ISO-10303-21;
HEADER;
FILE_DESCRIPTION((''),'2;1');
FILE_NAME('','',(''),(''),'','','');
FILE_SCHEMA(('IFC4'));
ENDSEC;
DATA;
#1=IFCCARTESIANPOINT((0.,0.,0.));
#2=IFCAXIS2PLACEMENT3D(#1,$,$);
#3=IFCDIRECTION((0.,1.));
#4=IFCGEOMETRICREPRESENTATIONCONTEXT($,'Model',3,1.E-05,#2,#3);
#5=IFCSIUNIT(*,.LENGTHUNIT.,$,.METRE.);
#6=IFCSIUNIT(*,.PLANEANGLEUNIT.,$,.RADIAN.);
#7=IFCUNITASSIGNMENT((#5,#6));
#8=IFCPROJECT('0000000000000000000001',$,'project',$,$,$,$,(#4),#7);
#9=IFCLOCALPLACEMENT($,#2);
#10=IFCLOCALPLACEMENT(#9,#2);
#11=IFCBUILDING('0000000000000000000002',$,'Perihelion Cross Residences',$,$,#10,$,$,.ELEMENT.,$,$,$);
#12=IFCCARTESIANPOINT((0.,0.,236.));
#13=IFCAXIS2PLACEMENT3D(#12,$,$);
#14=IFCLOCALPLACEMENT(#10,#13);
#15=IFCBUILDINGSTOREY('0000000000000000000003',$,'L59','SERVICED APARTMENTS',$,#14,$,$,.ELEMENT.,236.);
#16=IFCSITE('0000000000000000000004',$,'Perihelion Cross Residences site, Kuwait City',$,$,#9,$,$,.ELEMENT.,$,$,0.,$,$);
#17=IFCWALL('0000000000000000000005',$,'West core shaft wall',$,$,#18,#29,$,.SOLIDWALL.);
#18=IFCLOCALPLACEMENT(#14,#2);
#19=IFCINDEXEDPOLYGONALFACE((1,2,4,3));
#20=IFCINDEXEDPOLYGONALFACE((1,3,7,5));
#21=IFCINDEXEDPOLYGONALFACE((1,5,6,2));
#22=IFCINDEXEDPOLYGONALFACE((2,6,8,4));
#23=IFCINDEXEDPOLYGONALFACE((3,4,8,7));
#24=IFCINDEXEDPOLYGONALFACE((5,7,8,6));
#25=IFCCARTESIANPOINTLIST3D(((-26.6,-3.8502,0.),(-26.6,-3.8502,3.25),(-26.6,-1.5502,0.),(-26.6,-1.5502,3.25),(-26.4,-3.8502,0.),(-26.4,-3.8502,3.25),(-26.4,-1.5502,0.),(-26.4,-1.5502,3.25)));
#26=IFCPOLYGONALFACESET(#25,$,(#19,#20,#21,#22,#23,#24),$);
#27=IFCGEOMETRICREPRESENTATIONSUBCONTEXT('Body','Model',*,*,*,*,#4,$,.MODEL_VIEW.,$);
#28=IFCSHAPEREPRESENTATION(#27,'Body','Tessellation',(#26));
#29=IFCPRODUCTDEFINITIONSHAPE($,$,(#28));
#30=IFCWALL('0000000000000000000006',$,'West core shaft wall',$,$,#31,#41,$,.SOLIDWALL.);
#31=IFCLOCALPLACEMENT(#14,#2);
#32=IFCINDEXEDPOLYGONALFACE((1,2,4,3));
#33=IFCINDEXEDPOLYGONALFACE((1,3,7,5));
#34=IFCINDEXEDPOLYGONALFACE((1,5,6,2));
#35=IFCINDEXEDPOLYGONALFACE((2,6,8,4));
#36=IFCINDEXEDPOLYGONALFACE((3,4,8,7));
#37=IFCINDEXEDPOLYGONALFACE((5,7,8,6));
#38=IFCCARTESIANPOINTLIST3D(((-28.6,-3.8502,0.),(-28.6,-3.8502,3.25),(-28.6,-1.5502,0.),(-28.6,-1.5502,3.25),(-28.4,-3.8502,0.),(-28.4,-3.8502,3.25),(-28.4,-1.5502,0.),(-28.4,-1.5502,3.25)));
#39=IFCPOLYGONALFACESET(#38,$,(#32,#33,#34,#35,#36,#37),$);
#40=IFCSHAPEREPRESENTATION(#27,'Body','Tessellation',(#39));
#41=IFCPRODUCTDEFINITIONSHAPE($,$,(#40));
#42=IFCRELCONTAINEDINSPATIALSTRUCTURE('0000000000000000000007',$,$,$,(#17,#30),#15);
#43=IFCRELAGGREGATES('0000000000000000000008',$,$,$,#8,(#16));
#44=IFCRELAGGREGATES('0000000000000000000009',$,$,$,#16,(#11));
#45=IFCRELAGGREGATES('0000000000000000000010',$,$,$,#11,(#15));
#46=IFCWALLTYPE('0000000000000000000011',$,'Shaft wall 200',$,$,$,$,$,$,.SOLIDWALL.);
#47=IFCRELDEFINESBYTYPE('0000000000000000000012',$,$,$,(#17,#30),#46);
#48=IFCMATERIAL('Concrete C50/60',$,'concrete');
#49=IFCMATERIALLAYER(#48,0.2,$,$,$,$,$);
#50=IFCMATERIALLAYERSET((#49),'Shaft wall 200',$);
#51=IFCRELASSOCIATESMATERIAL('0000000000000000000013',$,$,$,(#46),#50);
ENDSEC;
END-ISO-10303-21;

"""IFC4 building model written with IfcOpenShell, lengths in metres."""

from ifc_helpers import new_model, si_unit, direction, frame, frame_2d, origin, place, context, subcontext, project, spatial, rectangle, extrude, material, layer, layer_set, type_object, element, save


model = new_model("IFC4")

# Units and contexts
model_context = context("Model", 3, precision=1e-05, world=origin(), true_north=direction((0.0, 1.0)))
body_context = subcontext(model_context, "Body", "Model", "MODEL_VIEW")
ifc_project = project(units=[si_unit("LENGTHUNIT", "METRE"), si_unit("PLANEANGLEUNIT", "RADIAN")], contexts=[model_context])

# Site, building, storey
site_placement = place(None, origin())
site = spatial("IfcSite", under=ifc_project, at=site_placement, Name="Perihelion Cross Residences site, Kuwait City", CompositionType="ELEMENT", RefElevation=0.0)
building_placement = place(site_placement, origin())
building = spatial("IfcBuilding", under=site, at=building_placement, Name="Perihelion Cross Residences", CompositionType="ELEMENT")
storey_placement = place(building_placement, frame((0.0, 0.0, 236.0)))
storey = spatial("IfcBuildingStorey", under=building, at=storey_placement, Name="L59", Description="SERVICED APARTMENTS", CompositionType="ELEMENT", Elevation=236.0)

# Shared definitions
ifc_material_1 = material(Name="Concrete C50/60", Category="concrete")
ifc_layer_1 = layer(ifc_material_1, 0.2)
ifc_layer_set_1 = layer_set([ifc_layer_1], Name="Shaft wall 200")
wall_type_1 = type_object("IfcWallType", Name="Shaft wall 200", PredefinedType="SOLIDWALL", material=ifc_layer_set_1)

# Walls
for number, where, z_axis, x_axis, name in (
    (1, (-26.5, -3.8501, 0.0), (0.0, 0.0, 1.0), (0.0, 1.0, 0.0), "West core shaft wall"),
    (2, (-28.5, -3.8501, 0.0), (0.0, 0.0, 1.0), (0.0, 1.0, 0.0), "West core shaft wall"),
):
    element("IfcWall", number, at=place(storey_placement, frame(where, z_axis=z_axis, x_axis=x_axis)), inside=storey, type_object=wall_type_1, Name=name, PredefinedType="SOLIDWALL", context=body_context, shape_type="SweptSolid", body=[
        extrude(rectangle(XDim=2.3, YDim=0.2, at=frame_2d((1.1499, 0.0))), origin(), (0.0, 0.0, 1.0), 3.25),
    ])

save(model, "model.ifc")
